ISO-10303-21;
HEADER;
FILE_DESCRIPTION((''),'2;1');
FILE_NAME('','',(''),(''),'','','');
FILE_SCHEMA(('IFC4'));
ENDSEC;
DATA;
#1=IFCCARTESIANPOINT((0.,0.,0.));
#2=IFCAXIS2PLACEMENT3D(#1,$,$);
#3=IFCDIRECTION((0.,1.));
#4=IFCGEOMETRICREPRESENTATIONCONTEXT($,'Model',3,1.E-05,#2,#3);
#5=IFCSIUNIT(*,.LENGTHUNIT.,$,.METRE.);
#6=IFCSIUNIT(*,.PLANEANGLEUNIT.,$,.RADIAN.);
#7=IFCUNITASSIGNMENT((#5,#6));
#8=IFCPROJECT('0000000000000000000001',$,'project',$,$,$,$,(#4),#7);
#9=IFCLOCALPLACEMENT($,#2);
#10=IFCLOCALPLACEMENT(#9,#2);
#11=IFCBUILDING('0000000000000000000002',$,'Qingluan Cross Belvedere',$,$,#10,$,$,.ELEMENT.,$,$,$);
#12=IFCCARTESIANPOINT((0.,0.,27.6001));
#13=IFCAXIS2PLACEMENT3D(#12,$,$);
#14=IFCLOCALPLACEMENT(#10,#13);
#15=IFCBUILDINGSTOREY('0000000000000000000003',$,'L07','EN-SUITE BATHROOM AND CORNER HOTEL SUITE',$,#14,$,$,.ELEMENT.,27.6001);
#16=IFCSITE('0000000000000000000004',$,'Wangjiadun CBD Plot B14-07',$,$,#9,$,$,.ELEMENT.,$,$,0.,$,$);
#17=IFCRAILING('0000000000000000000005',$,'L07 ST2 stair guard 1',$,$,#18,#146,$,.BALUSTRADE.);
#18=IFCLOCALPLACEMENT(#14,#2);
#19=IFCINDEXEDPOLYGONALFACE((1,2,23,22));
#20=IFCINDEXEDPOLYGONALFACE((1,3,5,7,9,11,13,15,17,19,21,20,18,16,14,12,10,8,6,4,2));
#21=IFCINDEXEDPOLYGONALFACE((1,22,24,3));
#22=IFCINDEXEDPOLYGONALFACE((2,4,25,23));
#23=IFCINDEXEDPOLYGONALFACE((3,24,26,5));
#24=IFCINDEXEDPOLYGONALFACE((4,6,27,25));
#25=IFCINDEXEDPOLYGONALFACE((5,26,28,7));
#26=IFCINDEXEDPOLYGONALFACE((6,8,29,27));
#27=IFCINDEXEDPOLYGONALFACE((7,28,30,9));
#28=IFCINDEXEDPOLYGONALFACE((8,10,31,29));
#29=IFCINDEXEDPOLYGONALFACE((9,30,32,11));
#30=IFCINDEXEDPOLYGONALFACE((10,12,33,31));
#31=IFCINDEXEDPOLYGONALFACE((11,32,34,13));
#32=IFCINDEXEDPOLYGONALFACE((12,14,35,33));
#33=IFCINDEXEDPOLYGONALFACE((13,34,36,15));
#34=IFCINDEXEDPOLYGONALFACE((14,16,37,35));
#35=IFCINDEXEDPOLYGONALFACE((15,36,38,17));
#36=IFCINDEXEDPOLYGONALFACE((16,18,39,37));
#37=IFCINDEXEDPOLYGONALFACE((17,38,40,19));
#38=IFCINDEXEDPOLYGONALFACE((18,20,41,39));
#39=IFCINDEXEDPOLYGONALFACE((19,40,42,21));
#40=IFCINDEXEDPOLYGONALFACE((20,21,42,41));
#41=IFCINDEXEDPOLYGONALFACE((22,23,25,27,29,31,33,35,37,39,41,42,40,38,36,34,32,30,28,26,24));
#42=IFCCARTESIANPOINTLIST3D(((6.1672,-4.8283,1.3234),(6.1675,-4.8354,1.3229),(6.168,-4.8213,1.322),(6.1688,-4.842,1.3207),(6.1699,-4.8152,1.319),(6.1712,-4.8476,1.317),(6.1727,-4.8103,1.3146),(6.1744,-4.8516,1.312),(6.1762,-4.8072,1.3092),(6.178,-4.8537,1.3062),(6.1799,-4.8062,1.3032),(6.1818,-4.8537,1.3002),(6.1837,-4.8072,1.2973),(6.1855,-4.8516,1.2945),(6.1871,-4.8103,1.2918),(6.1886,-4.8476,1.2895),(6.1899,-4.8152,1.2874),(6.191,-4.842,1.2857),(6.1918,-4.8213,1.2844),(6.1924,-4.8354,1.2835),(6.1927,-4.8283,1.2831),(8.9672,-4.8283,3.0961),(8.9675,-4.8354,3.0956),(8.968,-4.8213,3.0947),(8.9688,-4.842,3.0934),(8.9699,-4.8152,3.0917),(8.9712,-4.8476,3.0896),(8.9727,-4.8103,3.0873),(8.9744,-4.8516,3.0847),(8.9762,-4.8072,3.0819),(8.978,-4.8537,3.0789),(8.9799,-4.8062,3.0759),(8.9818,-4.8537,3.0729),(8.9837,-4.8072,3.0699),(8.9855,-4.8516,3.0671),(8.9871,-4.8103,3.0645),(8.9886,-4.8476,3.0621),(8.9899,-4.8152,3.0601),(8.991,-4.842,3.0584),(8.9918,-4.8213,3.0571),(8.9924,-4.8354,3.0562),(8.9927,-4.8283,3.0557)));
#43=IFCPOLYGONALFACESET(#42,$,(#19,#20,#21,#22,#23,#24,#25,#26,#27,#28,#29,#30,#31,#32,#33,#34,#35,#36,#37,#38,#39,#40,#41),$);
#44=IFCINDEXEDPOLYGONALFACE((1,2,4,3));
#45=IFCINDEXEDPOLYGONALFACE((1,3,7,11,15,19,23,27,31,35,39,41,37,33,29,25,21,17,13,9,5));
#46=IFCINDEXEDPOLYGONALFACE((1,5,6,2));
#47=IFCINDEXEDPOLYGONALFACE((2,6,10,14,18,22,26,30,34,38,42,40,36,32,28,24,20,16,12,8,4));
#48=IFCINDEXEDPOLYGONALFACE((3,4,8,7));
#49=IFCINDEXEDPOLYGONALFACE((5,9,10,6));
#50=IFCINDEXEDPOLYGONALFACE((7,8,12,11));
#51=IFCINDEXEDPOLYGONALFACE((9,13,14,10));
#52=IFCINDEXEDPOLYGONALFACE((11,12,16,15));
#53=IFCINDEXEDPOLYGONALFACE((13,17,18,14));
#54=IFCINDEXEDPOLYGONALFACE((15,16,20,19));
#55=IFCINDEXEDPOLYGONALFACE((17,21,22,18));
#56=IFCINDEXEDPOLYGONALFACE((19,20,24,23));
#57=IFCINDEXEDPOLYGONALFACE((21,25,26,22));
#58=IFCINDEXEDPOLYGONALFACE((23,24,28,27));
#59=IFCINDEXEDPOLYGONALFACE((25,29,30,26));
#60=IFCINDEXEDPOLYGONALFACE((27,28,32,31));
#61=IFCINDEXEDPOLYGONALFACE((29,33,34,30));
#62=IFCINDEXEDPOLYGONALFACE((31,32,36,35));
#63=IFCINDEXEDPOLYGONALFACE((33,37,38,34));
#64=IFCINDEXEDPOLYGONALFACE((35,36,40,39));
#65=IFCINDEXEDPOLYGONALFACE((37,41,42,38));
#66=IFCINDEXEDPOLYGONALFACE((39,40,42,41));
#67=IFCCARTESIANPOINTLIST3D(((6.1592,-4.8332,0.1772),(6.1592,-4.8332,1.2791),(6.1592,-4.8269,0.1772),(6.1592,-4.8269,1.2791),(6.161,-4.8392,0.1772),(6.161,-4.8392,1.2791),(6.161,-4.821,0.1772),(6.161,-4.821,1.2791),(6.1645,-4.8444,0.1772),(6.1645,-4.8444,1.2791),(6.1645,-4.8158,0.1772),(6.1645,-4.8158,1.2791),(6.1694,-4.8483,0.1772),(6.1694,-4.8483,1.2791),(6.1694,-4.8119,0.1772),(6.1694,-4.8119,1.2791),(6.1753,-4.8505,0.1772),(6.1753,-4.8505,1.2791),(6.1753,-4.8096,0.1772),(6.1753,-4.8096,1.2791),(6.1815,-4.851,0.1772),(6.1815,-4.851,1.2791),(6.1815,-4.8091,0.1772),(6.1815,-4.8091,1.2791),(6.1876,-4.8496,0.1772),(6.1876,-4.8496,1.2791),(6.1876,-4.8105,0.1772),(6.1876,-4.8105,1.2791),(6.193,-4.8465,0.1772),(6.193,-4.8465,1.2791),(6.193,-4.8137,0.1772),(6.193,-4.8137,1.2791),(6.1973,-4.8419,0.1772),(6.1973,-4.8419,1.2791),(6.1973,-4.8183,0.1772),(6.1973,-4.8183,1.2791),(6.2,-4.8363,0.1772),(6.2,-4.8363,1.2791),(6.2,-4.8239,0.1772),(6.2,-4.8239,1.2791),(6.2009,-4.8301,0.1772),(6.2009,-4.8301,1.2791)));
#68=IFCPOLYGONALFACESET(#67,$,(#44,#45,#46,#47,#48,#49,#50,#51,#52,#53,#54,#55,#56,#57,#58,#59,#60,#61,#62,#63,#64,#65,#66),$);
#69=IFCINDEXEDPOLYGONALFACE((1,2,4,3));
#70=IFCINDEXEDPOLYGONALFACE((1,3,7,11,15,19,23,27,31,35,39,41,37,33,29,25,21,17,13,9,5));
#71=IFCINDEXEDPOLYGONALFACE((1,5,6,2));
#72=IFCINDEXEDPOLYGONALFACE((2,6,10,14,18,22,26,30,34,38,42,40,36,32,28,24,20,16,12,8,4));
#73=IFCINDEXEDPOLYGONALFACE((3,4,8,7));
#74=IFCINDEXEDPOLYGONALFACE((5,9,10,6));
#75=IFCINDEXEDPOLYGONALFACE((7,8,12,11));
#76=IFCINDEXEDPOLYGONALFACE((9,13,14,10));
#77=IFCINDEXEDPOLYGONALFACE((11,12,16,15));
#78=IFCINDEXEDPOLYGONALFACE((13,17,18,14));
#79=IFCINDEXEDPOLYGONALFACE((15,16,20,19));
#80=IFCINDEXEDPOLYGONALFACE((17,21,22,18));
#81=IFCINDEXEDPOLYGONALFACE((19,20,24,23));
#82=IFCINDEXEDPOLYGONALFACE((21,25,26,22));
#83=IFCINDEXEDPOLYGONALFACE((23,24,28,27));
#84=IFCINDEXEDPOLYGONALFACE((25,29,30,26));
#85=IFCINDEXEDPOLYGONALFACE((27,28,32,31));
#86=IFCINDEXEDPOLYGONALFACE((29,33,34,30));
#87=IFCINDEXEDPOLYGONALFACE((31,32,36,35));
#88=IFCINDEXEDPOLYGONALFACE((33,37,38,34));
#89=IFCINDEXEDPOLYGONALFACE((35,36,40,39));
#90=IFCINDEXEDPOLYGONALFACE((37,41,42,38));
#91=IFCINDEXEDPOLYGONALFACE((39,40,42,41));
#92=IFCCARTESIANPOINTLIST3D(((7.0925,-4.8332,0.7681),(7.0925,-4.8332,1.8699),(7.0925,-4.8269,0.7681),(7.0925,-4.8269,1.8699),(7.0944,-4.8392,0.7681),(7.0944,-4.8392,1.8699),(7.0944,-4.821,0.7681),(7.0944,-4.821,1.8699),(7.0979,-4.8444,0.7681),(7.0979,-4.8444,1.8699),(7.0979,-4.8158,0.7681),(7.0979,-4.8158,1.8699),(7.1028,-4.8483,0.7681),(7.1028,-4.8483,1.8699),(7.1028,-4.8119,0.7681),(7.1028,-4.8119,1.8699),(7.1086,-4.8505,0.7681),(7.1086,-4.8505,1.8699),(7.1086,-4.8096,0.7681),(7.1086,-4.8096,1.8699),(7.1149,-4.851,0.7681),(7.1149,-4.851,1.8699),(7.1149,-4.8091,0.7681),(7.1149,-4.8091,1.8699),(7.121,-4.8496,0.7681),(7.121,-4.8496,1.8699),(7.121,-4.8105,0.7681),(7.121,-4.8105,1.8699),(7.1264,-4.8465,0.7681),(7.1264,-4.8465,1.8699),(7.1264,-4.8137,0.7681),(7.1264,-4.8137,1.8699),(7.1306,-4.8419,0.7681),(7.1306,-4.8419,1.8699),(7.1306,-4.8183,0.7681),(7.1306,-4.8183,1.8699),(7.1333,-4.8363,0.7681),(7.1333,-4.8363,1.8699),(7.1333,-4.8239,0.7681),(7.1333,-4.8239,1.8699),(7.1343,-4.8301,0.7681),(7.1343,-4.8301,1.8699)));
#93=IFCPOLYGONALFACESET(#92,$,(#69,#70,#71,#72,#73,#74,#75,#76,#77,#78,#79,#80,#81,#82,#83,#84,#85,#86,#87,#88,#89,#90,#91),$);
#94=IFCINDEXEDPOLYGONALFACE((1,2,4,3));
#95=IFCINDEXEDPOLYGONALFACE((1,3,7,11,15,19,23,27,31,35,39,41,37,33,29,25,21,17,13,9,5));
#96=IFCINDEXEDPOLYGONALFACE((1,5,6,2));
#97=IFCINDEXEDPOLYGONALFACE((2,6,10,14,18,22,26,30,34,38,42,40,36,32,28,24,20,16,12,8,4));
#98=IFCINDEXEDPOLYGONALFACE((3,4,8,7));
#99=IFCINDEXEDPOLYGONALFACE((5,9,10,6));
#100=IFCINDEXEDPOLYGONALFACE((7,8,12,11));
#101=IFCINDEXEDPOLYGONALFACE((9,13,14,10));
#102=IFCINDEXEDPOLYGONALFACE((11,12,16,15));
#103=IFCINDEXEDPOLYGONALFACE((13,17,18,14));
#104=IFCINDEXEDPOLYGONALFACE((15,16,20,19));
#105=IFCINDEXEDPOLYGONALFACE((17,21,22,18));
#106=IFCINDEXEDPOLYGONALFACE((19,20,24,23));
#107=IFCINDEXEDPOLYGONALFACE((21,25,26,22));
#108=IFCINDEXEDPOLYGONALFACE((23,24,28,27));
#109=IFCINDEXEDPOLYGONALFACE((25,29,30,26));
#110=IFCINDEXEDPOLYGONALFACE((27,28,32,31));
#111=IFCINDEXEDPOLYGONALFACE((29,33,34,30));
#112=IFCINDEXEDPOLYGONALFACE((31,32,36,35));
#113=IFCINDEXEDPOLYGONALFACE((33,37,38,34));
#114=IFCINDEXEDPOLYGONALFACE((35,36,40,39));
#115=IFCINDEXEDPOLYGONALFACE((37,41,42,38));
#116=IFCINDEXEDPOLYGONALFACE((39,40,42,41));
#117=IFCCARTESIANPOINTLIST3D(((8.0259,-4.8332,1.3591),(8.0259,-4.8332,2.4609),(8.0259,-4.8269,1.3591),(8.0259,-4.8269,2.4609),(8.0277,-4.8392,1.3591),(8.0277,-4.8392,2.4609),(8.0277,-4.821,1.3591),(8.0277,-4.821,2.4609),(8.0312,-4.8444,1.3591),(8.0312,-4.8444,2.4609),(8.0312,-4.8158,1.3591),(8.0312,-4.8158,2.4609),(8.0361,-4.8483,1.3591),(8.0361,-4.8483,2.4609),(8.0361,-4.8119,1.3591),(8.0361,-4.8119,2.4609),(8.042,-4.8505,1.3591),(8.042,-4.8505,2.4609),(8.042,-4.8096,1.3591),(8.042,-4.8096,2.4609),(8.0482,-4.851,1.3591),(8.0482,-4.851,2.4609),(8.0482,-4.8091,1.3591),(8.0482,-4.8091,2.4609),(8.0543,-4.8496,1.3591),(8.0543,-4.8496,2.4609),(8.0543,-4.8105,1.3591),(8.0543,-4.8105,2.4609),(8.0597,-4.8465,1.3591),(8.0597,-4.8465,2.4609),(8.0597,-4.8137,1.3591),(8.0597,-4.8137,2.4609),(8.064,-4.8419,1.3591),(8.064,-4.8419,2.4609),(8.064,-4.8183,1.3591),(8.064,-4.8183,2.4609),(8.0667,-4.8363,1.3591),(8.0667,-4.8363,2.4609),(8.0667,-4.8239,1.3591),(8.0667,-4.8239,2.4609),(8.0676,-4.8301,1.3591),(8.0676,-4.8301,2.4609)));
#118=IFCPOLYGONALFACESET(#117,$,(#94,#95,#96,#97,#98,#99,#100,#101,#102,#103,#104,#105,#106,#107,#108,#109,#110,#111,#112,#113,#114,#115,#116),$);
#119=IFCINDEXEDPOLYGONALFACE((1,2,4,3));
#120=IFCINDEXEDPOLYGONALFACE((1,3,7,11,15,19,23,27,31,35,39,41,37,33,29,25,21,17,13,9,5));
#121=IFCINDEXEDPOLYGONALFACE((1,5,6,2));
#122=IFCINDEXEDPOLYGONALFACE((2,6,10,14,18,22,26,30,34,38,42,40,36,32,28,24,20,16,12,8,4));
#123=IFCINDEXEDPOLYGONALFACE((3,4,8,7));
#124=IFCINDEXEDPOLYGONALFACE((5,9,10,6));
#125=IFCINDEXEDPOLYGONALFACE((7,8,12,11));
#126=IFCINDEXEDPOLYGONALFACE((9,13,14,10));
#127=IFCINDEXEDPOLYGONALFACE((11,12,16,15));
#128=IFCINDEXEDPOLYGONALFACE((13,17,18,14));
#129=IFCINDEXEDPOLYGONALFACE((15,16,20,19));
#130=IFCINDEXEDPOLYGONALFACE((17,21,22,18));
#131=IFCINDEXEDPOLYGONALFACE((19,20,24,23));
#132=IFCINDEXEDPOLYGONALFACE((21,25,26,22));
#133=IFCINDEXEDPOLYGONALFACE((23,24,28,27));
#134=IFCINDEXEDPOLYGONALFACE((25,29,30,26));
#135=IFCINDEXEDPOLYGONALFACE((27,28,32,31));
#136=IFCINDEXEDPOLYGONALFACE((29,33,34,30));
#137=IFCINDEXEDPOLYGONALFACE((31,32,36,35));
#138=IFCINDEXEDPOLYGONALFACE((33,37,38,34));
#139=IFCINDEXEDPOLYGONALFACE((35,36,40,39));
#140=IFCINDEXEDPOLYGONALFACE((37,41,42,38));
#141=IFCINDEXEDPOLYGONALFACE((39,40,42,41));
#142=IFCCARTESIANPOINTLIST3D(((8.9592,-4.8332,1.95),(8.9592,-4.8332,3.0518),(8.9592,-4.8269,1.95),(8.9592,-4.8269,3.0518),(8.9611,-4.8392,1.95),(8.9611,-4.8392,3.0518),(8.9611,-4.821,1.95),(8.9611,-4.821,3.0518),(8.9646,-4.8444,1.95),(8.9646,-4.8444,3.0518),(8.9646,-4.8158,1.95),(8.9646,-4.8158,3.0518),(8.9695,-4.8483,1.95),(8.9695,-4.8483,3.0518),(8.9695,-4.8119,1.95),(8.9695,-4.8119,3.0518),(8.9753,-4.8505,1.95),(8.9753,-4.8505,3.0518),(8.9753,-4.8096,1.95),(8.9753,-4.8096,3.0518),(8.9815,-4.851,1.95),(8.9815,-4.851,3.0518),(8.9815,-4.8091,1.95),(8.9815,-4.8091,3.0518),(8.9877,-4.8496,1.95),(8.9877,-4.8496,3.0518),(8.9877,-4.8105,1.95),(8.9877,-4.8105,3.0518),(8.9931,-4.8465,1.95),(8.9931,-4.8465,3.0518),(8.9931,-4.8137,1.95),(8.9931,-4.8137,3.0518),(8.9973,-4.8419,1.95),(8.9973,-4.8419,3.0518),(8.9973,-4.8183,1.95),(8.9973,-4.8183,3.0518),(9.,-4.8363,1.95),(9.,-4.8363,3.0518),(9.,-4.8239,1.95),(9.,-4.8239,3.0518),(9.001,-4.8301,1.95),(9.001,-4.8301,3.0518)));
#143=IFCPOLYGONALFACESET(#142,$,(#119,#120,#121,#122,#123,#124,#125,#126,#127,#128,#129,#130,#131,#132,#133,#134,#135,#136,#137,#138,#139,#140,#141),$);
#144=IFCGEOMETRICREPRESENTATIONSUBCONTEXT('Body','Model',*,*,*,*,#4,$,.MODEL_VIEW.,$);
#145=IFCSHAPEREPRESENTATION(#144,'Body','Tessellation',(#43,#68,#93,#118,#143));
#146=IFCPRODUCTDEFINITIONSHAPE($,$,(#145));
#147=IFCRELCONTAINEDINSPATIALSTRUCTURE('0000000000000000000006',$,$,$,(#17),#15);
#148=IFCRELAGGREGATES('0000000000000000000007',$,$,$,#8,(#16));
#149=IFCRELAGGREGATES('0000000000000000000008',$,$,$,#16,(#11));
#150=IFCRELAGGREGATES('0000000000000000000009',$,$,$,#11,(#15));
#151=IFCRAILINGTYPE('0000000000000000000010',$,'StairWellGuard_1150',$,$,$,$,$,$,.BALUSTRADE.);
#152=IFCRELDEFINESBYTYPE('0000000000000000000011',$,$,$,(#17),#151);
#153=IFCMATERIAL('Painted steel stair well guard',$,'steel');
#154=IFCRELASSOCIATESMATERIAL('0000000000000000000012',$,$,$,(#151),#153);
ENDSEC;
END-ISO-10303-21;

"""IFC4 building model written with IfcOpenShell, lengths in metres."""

from ifc_helpers import new_model, si_unit, direction, frame, origin, origin_2d, place, context, subcontext, project, spatial, circle, extrude, material, type_object, element, save


model = new_model("IFC4")

# Units and contexts
model_context = context("Model", 3, precision=1e-05, world=origin(), true_north=direction((0.0, 1.0)))
body_context = subcontext(model_context, "Body", "Model", "MODEL_VIEW")
ifc_project = project(units=[si_unit("LENGTHUNIT", "METRE"), si_unit("PLANEANGLEUNIT", "RADIAN")], contexts=[model_context])

# Site, building, storey
site_placement = place(None, origin())
site = spatial("IfcSite", under=ifc_project, at=site_placement, Name="Wangjiadun CBD Plot B14-07", CompositionType="ELEMENT", RefElevation=0.0)
building_placement = place(site_placement, origin())
building = spatial("IfcBuilding", under=site, at=building_placement, Name="Qingluan Cross Belvedere", CompositionType="ELEMENT")
storey_placement = place(building_placement, frame((0.0, 0.0, 27.6001)))
storey = spatial("IfcBuildingStorey", under=building, at=storey_placement, Name="L07", Description="EN-SUITE BATHROOM AND CORNER HOTEL SUITE", CompositionType="ELEMENT", Elevation=27.6001)

# Railing
ifc_material_1 = material(Name="Painted steel stair well guard", Category="steel")
railing_type_1 = type_object("IfcRailingType", Name="StairWellGuard_1150", PredefinedType="BALUSTRADE", material=ifc_material_1)
railing_1_placement = place(storey_placement, frame((6.1799, -4.8301, 0.1772)))
element("IfcRailing", 1, at=railing_1_placement, inside=storey, type_object=railing_type_1, Name="L07 ST2 stair guard 1", PredefinedType="BALUSTRADE", context=body_context, shape_type="SweptSolid", body=[
    extrude(circle(Radius=0.0239, at=origin_2d()), frame((0.0, 0.0, 1.126), z_axis=(0.844909, 0.0, 0.53491), x_axis=(0.0, 1.0, 0.0)), (0.0, 0.0, 1.0), 3.314),
    extrude(circle(Radius=0.021, at=origin_2d()), origin(), (0.0, 0.0, 1.0), 1.1018),
    extrude(circle(Radius=0.021, at=origin_2d()), frame((0.9333, 0.0, 0.5908)), (0.0, 0.0, 1.0), 1.1018),
    extrude(circle(Radius=0.021, at=origin_2d()), frame((1.8667, 0.0, 1.1819)), (0.0, 0.0, 1.0), 1.1018),
    extrude(circle(Radius=0.021, at=origin_2d()), frame((2.8, 0.0, 1.7727)), (0.0, 0.0, 1.0), 1.1018),
])

save(model, "model.ifc")
